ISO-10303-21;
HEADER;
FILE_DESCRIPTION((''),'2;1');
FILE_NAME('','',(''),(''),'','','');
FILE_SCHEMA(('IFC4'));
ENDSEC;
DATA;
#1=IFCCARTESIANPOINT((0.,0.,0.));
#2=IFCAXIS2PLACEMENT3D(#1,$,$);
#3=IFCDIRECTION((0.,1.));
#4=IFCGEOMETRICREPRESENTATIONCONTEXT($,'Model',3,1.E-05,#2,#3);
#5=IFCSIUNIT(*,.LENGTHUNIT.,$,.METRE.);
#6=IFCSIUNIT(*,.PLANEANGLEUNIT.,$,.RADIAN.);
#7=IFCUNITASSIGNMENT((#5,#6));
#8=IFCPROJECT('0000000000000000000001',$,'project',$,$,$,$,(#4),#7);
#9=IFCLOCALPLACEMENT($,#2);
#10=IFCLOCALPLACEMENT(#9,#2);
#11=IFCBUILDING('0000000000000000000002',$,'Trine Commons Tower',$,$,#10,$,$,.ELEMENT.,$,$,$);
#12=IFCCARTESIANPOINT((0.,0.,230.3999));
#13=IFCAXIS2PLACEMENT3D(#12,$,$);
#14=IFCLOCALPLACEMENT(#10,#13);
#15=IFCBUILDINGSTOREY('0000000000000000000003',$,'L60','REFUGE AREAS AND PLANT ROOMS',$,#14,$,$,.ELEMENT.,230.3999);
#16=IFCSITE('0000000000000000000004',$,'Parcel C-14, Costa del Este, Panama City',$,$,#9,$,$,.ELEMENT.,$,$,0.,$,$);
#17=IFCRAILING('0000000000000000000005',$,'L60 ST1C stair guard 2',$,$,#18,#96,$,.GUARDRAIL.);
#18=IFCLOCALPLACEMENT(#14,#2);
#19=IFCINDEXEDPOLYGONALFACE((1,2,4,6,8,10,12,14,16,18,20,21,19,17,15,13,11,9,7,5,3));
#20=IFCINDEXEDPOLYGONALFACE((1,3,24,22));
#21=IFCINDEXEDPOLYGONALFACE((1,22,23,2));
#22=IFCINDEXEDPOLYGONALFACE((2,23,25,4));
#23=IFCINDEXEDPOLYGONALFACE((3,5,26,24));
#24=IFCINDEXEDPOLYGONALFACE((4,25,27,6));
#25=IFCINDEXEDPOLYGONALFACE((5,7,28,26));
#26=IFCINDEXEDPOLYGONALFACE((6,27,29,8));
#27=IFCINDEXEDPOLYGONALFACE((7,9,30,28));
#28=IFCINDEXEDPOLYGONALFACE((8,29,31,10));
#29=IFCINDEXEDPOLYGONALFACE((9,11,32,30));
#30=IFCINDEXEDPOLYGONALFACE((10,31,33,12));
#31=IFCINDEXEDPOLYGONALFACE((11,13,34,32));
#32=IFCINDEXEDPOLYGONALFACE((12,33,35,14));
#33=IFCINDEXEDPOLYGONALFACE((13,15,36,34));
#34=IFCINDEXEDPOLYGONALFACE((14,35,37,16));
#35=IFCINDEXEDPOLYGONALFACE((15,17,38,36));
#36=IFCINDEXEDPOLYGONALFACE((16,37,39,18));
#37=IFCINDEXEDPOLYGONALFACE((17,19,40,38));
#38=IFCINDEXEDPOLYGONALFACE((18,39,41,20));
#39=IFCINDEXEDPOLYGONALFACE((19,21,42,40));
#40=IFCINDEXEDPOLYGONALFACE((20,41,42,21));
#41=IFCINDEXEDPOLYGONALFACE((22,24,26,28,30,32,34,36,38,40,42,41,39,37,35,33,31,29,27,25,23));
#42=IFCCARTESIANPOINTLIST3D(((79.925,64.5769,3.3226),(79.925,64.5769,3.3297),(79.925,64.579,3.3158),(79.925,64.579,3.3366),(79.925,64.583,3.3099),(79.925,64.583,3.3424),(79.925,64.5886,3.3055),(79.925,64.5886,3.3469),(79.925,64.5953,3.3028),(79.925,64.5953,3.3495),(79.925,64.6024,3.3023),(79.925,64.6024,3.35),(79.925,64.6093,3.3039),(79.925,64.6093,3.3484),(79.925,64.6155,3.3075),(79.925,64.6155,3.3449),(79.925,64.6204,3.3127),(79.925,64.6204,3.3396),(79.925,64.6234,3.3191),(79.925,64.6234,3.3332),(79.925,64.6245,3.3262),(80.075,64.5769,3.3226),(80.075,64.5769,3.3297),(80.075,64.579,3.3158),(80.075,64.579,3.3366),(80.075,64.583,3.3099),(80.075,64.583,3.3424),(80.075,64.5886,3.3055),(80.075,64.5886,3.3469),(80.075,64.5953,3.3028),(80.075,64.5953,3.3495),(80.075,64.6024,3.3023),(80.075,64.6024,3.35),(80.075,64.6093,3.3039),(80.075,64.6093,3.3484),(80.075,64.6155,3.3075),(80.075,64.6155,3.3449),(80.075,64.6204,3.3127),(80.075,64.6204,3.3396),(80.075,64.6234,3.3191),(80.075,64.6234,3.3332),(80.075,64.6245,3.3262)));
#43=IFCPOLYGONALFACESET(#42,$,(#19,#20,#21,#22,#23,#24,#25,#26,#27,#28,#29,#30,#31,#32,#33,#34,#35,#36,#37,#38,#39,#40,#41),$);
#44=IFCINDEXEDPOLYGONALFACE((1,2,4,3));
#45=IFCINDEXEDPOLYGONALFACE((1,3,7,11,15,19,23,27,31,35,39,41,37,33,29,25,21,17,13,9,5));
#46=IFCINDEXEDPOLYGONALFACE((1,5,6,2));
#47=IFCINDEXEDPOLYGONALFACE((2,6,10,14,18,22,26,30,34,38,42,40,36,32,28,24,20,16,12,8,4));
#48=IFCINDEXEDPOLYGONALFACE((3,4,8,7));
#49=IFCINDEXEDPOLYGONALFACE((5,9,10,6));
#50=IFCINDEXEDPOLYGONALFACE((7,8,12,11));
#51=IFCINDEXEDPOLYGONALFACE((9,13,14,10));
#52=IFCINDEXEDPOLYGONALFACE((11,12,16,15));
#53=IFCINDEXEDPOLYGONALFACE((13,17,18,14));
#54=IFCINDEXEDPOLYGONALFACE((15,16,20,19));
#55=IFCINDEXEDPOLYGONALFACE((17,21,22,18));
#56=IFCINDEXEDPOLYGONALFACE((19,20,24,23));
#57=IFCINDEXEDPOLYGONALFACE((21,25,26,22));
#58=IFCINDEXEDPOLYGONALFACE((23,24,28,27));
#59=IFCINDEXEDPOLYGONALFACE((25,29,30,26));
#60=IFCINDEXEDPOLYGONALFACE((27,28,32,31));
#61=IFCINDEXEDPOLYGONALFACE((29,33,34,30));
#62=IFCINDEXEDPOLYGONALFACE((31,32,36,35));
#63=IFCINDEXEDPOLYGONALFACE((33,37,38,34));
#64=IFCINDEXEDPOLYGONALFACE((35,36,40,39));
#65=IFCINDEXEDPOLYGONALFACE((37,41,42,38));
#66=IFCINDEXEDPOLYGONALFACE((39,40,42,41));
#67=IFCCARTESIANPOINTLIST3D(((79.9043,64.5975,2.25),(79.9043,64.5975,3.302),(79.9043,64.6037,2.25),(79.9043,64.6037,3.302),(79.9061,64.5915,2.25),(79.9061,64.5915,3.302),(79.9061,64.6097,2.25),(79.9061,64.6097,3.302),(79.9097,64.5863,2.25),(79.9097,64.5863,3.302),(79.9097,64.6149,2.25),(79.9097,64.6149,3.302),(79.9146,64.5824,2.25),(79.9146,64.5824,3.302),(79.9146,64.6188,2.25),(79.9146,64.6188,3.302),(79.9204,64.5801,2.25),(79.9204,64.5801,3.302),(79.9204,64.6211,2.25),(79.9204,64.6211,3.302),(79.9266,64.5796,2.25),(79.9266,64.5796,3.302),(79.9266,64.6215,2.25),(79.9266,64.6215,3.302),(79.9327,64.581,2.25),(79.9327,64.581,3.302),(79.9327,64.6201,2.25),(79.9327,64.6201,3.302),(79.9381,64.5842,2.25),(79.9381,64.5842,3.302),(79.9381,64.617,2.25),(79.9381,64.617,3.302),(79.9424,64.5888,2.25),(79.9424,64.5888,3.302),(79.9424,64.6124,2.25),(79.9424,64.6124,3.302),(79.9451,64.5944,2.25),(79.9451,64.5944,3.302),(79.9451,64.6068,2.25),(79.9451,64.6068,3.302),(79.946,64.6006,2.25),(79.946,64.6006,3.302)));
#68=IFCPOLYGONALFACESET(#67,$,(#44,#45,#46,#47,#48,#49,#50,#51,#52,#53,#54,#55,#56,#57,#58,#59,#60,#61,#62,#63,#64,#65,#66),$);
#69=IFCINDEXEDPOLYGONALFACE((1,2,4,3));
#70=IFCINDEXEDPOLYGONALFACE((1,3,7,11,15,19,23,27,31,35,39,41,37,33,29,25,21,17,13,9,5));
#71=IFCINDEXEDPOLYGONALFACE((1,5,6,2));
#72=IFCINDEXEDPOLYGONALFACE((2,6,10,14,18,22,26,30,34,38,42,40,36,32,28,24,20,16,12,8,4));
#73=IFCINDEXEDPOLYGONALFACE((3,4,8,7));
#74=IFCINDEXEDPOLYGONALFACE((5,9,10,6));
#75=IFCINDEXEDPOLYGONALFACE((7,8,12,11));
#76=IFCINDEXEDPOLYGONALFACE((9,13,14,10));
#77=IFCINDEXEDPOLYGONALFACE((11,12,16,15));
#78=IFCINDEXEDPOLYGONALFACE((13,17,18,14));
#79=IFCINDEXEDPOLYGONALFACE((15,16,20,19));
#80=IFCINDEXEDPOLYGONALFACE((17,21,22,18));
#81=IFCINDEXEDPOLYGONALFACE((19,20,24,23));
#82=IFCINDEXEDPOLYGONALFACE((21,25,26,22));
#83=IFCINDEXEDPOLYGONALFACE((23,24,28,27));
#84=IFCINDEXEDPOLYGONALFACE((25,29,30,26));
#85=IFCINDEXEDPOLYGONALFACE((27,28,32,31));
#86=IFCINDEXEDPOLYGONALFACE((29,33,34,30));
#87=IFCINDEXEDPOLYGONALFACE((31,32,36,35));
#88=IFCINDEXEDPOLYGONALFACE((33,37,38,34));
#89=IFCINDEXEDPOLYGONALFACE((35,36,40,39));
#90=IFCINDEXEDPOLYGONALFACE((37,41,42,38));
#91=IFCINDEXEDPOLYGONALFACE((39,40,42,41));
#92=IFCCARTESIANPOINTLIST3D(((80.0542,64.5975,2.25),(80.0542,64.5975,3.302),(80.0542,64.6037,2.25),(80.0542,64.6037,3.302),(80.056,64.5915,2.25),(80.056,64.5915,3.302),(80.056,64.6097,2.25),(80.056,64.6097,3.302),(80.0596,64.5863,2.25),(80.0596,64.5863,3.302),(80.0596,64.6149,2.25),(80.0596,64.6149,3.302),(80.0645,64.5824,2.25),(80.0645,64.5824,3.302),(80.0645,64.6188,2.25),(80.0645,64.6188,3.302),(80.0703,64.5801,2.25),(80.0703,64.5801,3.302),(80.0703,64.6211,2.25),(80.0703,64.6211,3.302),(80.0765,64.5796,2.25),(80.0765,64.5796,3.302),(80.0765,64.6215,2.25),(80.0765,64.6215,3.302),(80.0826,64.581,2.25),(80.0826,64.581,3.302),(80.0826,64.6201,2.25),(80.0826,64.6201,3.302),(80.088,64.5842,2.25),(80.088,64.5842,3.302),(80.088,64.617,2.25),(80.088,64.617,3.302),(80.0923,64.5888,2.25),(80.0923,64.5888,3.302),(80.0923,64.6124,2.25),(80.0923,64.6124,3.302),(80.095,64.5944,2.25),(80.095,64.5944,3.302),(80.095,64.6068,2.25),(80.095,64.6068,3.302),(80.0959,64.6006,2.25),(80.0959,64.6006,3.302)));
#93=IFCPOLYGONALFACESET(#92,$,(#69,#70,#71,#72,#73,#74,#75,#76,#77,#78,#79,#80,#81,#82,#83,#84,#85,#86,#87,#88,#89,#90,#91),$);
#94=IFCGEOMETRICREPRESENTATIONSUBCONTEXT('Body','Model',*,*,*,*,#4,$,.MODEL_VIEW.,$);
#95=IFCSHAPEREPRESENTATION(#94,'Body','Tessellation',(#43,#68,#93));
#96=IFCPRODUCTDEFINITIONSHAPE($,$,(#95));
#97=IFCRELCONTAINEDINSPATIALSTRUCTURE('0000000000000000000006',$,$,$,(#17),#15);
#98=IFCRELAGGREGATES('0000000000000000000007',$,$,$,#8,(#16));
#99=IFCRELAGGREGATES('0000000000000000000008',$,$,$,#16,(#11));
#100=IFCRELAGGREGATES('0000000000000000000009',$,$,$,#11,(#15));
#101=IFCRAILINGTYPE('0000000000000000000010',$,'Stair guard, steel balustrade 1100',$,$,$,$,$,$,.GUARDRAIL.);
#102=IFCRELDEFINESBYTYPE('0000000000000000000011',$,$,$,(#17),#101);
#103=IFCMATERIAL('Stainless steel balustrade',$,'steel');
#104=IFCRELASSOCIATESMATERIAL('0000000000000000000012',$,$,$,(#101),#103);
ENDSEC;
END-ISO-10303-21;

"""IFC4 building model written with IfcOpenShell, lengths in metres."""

from ifc_helpers import new_model, si_unit, direction, frame, origin, origin_2d, place, context, subcontext, project, spatial, circle, extrude, material, type_object, element, save


model = new_model("IFC4")

# Units and contexts
model_context = context("Model", 3, precision=1e-05, world=origin(), true_north=direction((0.0, 1.0)))
body_context = subcontext(model_context, "Body", "Model", "MODEL_VIEW")
ifc_project = project(units=[si_unit("LENGTHUNIT", "METRE"), si_unit("PLANEANGLEUNIT", "RADIAN")], contexts=[model_context])

# Site, building, storey
site_placement = place(None, origin())
site = spatial("IfcSite", under=ifc_project, at=site_placement, Name="Parcel C-14, Costa del Este, Panama City", CompositionType="ELEMENT", RefElevation=0.0)
building_placement = place(site_placement, origin())
building = spatial("IfcBuilding", under=site, at=building_placement, Name="Trine Commons Tower", CompositionType="ELEMENT")
storey_placement = place(building_placement, frame((0.0, 0.0, 230.3999)))
storey = spatial("IfcBuildingStorey", under=building, at=storey_placement, Name="L60", Description="REFUGE AREAS AND PLANT ROOMS", CompositionType="ELEMENT", Elevation=230.3999)

# Railing
ifc_material_1 = material(Name="Stainless steel balustrade", Category="steel")
railing_type_1 = type_object("IfcRailingType", Name="Stair guard, steel balustrade 1100", PredefinedType="GUARDRAIL", material=ifc_material_1)
railing_1_placement = place(storey_placement, frame((79.925, 64.6006, 2.25)))
element("IfcRailing", 1, at=railing_1_placement, inside=storey, type_object=railing_type_1, Name="L60 ST1C stair guard 2", PredefinedType="GUARDRAIL", context=body_context, shape_type="SweptSolid", body=[
    extrude(circle(Radius=0.0239, at=origin_2d()), frame((0.0, 0.0, 1.0762), z_axis=(1.0, 0.0, 0.0), x_axis=(0.0, 1.0, 0.0)), (0.0, 0.0, 1.0), 0.1499),
    extrude(circle(Radius=0.021, at=origin_2d()), origin(), (0.0, 0.0, 1.0), 1.052),
    extrude(circle(Radius=0.021, at=origin_2d()), frame((0.1499, 0.0, 0.0)), (0.0, 0.0, 1.0), 1.052),
])

save(model, "model.ifc")
